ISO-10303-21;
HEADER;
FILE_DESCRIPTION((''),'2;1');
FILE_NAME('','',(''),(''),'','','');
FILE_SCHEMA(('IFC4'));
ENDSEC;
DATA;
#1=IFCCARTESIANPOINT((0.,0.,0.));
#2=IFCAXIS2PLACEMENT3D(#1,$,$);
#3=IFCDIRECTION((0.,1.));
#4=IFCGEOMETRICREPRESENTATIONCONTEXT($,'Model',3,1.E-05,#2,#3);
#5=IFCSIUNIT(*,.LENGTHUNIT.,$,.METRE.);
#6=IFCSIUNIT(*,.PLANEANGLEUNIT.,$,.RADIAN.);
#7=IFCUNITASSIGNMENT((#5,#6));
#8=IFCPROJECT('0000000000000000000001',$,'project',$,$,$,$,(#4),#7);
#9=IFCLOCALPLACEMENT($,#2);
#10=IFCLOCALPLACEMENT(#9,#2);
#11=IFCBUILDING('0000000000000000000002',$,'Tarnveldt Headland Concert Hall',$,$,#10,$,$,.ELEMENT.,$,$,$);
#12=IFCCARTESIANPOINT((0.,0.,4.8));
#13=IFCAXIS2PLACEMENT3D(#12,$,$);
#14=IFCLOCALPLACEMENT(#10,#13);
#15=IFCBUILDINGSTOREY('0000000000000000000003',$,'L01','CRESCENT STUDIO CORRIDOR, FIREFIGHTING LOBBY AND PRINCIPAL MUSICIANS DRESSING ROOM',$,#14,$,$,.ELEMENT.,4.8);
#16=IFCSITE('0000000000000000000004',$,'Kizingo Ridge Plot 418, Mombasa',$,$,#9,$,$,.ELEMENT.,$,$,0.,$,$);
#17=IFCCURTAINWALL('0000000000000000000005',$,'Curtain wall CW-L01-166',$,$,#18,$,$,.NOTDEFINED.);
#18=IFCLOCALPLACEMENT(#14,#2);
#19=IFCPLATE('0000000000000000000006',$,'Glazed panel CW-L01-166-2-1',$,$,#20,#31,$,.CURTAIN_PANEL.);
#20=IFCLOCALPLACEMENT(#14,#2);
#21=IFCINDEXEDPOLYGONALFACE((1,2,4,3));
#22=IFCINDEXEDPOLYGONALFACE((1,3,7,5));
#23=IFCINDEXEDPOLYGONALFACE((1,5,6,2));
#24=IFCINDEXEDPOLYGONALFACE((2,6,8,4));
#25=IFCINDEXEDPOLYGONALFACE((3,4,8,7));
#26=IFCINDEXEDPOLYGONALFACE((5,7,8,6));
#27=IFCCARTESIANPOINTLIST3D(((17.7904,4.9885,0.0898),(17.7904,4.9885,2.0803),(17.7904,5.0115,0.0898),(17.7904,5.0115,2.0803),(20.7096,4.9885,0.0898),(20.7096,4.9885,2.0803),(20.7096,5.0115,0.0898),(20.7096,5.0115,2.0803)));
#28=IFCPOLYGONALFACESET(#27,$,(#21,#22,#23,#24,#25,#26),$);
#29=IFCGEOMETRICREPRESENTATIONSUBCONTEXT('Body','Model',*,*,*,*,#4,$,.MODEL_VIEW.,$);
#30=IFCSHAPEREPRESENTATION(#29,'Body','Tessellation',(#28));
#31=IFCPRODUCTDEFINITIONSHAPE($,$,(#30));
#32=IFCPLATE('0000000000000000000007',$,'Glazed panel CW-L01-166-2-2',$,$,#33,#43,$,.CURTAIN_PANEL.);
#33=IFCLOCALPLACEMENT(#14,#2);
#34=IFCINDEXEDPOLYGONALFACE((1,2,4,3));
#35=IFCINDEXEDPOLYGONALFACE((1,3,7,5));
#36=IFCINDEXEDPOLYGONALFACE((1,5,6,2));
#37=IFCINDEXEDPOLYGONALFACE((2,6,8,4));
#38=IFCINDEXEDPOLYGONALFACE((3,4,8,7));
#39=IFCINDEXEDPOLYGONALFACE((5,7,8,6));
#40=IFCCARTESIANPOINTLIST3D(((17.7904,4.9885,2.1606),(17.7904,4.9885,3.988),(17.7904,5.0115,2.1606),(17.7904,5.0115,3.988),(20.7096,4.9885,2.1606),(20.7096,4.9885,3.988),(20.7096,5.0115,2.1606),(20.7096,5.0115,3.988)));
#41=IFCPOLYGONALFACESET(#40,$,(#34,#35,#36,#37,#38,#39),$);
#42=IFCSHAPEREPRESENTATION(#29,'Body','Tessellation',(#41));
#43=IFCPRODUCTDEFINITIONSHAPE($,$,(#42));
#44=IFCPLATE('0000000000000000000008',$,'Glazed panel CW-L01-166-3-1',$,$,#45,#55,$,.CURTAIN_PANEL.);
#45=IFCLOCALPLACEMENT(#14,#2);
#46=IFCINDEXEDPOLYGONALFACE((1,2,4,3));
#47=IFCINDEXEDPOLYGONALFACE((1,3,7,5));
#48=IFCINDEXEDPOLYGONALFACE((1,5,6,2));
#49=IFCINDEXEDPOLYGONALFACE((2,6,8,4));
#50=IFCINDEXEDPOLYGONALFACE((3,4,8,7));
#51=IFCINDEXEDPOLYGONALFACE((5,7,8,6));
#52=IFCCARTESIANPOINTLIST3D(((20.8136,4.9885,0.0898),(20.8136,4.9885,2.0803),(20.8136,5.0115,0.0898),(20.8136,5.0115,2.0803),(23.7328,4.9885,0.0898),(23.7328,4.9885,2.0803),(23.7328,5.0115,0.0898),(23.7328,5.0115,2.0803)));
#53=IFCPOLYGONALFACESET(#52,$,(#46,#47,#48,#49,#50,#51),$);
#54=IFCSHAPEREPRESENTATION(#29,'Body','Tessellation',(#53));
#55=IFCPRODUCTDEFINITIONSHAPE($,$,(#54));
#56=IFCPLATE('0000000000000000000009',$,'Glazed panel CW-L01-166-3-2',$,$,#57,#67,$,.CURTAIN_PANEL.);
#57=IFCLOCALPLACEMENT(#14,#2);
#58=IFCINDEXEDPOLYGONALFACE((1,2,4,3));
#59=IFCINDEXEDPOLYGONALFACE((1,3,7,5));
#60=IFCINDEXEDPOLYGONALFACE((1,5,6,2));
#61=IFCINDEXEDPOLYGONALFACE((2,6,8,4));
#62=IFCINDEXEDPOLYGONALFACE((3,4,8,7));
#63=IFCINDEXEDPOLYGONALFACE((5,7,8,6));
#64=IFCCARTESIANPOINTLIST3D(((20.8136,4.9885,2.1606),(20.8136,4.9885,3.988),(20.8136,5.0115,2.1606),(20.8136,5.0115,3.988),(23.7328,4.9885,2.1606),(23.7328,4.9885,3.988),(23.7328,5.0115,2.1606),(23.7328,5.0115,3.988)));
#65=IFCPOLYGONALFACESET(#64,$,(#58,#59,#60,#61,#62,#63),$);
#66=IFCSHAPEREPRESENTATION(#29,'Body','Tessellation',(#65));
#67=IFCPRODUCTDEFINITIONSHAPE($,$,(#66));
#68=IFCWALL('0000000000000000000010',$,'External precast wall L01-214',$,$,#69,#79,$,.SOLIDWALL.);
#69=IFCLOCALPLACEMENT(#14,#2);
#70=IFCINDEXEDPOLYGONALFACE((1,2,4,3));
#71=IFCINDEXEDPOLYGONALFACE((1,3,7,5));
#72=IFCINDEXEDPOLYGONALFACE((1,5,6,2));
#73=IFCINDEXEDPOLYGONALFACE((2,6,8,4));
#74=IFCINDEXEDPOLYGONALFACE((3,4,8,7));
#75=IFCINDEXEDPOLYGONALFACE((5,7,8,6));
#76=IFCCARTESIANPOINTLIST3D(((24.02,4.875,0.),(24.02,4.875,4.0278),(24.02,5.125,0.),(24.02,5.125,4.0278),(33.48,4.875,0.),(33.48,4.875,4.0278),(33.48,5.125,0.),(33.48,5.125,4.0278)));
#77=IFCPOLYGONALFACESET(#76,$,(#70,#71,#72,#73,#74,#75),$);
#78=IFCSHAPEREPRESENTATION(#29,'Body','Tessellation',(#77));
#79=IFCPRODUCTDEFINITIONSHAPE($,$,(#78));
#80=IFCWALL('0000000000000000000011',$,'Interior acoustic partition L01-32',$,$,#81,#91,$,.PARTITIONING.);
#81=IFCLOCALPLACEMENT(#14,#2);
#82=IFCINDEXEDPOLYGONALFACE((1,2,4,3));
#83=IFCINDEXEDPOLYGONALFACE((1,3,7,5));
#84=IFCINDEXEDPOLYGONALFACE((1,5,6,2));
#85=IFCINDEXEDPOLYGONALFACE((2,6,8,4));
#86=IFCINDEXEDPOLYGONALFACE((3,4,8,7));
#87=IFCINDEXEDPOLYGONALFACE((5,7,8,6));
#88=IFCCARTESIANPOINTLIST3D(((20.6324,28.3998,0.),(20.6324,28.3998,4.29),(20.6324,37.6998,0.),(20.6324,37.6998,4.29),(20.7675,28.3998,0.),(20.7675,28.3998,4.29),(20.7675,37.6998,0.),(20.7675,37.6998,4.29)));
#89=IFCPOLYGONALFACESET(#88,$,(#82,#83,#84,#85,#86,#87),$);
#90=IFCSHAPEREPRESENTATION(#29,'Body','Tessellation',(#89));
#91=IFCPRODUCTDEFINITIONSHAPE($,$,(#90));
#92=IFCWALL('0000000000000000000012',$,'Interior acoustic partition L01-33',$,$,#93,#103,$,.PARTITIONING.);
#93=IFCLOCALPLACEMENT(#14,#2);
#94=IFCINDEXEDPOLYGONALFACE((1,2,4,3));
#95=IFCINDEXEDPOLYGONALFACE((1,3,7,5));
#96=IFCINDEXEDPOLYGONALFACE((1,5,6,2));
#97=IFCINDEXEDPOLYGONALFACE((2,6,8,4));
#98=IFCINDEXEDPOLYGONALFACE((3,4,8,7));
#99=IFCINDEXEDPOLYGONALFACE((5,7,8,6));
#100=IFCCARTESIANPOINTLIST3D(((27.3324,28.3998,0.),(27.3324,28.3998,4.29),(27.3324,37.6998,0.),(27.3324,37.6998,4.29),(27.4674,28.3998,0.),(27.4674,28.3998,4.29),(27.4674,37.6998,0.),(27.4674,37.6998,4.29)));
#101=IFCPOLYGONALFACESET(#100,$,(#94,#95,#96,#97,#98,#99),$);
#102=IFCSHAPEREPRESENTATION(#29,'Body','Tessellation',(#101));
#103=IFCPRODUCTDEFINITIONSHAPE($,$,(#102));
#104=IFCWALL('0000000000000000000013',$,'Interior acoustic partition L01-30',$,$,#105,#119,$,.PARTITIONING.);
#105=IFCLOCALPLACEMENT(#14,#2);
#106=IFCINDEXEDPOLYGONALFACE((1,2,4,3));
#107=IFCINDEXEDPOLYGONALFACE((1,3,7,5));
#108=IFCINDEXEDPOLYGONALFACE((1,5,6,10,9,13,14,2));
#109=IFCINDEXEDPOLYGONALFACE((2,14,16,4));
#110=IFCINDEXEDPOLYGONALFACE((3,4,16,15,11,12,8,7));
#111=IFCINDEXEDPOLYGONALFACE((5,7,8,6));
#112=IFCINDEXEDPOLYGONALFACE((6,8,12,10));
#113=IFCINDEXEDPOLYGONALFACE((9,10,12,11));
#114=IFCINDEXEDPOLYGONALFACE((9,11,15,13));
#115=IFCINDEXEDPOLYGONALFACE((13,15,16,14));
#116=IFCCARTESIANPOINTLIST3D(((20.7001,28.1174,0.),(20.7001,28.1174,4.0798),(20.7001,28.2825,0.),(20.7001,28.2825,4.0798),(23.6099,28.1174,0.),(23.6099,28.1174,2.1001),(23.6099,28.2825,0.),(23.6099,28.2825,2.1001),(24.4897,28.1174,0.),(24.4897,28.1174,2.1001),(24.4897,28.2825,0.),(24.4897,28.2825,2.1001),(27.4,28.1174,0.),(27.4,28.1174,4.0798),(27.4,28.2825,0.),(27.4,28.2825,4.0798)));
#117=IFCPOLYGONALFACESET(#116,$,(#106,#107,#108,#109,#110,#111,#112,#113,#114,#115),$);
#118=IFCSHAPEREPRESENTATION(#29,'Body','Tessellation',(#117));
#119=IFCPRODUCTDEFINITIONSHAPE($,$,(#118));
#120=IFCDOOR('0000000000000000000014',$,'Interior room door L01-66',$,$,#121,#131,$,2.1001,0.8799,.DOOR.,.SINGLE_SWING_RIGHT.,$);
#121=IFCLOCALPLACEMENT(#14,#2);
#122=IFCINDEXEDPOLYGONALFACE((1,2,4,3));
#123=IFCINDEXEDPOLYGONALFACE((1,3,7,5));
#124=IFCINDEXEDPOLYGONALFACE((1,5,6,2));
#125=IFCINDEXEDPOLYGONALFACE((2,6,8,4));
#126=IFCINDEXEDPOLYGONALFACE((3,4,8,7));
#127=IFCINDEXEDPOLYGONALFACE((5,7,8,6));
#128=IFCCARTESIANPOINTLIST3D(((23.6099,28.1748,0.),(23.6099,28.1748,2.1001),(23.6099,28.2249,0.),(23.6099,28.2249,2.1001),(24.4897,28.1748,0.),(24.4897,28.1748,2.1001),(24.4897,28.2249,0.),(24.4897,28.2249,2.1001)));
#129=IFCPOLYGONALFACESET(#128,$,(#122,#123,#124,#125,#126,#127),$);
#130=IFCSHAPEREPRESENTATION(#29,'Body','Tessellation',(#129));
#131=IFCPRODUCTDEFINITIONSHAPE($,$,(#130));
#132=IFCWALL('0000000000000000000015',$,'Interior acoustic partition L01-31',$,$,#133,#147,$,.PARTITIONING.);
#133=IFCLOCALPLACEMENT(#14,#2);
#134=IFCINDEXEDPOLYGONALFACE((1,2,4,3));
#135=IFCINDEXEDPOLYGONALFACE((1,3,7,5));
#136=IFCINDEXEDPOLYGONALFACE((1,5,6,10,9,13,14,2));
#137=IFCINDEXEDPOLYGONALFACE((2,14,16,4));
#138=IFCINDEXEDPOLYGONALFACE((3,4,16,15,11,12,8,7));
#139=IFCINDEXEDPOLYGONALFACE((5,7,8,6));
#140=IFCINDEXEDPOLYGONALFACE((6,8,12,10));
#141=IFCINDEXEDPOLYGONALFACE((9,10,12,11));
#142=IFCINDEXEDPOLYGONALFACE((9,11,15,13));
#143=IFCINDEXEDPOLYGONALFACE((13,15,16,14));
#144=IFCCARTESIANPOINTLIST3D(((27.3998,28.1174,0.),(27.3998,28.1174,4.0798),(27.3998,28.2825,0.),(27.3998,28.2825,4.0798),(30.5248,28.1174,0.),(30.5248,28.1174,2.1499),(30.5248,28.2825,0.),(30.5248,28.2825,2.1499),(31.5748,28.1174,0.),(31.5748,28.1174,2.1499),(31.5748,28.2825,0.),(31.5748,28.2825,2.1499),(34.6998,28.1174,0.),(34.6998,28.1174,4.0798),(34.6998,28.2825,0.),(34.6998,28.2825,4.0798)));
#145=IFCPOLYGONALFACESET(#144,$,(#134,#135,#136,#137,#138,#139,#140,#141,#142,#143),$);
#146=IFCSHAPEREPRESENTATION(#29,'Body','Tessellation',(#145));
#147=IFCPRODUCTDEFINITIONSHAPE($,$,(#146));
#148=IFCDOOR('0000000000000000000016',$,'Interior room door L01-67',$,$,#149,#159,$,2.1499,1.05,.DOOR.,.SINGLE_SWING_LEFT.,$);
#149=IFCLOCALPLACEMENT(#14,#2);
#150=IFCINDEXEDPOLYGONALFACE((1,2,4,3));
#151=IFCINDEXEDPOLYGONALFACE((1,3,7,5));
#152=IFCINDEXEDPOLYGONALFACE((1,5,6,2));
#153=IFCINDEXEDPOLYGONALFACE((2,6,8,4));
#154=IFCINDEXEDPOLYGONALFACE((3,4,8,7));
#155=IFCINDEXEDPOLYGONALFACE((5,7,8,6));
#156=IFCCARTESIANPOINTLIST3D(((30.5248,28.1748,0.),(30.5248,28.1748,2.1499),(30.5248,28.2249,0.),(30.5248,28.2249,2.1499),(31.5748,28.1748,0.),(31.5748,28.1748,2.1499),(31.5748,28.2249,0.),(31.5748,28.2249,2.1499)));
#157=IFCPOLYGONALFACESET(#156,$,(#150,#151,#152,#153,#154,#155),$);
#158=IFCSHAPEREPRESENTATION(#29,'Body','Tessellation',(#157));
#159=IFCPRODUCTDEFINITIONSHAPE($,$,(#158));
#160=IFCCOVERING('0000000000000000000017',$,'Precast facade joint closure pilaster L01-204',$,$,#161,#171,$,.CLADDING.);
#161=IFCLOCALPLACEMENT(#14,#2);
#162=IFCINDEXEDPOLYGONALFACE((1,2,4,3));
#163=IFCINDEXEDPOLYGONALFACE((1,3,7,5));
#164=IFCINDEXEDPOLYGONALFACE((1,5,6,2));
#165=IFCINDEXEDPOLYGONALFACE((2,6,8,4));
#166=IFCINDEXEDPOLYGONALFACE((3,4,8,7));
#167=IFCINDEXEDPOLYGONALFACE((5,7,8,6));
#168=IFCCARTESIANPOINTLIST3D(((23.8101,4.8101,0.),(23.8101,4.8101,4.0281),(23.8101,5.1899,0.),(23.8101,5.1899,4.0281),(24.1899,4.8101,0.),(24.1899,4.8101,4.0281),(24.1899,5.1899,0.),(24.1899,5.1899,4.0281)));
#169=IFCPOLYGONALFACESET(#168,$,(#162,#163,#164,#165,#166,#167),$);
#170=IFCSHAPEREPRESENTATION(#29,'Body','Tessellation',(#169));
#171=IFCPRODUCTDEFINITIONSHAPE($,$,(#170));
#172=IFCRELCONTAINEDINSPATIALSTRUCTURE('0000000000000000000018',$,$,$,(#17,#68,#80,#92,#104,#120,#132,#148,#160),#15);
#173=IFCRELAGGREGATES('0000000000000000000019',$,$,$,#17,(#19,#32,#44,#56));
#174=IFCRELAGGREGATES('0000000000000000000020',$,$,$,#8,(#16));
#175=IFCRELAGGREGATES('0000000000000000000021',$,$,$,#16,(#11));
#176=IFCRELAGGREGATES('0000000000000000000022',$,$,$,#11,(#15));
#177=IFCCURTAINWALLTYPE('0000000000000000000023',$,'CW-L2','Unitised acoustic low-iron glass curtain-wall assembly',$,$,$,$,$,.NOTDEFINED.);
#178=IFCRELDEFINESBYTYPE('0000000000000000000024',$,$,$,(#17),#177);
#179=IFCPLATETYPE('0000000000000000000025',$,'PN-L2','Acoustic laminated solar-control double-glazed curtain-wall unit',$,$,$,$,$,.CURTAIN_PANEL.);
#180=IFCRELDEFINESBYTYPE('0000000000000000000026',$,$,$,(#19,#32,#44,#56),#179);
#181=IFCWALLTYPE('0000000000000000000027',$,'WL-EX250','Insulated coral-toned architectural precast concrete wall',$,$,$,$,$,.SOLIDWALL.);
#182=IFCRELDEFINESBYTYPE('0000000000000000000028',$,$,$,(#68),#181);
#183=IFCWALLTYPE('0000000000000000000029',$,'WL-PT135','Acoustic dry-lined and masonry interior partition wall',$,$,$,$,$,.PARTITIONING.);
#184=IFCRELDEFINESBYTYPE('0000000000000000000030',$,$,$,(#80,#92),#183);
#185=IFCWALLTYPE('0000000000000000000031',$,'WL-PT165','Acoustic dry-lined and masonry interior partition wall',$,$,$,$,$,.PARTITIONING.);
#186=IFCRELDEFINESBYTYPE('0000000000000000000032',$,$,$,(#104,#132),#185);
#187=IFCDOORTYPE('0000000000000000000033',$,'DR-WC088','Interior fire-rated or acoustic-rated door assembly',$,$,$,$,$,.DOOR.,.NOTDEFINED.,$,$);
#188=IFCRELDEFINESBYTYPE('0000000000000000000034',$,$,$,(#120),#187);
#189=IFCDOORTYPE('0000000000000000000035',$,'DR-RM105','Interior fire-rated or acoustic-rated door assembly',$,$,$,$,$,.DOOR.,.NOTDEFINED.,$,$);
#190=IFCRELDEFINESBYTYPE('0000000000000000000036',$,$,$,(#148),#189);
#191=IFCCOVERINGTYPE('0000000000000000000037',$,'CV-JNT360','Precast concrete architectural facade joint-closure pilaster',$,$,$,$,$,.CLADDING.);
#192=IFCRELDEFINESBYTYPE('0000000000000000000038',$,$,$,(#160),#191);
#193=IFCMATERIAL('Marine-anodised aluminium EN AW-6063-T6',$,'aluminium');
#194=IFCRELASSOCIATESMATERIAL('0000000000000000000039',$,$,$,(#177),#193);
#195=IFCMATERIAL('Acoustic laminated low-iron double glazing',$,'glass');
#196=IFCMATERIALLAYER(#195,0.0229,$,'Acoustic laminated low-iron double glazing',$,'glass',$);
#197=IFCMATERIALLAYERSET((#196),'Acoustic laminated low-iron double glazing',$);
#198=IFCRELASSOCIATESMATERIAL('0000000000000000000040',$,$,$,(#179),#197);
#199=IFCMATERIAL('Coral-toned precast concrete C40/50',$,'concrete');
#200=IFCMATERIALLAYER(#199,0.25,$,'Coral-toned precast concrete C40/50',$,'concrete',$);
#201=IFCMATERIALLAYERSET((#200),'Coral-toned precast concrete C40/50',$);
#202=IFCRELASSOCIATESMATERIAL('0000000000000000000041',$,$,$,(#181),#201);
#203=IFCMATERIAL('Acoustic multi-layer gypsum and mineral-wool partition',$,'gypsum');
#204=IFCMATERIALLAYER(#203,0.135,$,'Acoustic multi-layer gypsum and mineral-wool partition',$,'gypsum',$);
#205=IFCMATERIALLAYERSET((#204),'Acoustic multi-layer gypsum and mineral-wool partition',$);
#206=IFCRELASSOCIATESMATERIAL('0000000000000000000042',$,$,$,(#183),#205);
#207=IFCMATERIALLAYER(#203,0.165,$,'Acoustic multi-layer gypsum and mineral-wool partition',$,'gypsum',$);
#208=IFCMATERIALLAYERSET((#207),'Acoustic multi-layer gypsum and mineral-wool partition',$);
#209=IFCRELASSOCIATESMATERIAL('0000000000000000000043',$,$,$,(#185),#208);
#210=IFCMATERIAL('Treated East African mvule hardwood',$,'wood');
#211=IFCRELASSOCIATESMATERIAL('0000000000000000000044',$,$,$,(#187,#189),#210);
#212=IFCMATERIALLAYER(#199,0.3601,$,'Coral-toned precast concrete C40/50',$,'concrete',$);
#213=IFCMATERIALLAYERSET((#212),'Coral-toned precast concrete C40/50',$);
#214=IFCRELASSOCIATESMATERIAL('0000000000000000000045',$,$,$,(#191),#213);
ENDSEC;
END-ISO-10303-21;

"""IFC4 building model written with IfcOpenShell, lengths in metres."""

from ifc_helpers import new_model, si_unit, direction, frame, frame_2d, origin, origin_2d, place, context, subcontext, project, spatial, rectangle, extrude, material, layer, layer_set, type_object, element, fill, aggregate, save


model = new_model("IFC4")

# Units and contexts
model_context = context("Model", 3, precision=1e-05, world=origin(), true_north=direction((0.0, 1.0)))
body_context = subcontext(model_context, "Body", "Model", "MODEL_VIEW")
ifc_project = project(units=[si_unit("LENGTHUNIT", "METRE"), si_unit("PLANEANGLEUNIT", "RADIAN")], contexts=[model_context])

# Site, building, storey
site_placement = place(None, origin())
site = spatial("IfcSite", under=ifc_project, at=site_placement, Name="Kizingo Ridge Plot 418, Mombasa", CompositionType="ELEMENT", RefElevation=0.0)
building_placement = place(site_placement, origin())
building = spatial("IfcBuilding", under=site, at=building_placement, Name="Tarnveldt Headland Concert Hall", CompositionType="ELEMENT")
storey_placement = place(building_placement, frame((0.0, 0.0, 4.8)))
storey = spatial("IfcBuildingStorey", under=building, at=storey_placement, Name="L01", Description="CRESCENT STUDIO CORRIDOR, FIREFIGHTING LOBBY AND PRINCIPAL MUSICIANS DRESSING ROOM", CompositionType="ELEMENT", Elevation=4.8)

# Curtain wall
ifc_material_1 = material(Name="Marine-anodised aluminium EN AW-6063-T6", Category="aluminium")
curtain_wall_type = type_object("IfcCurtainWallType", Name="CW-L2", Description="Unitised acoustic low-iron glass curtain-wall assembly", PredefinedType="NOTDEFINED", material=ifc_material_1)
curtain_wall_placement = place(storey_placement, origin())
curtain_wall = element("IfcCurtainWall", 1, at=curtain_wall_placement, inside=storey, type_object=curtain_wall_type, Name="Curtain wall CW-L01-166", PredefinedType="NOTDEFINED")

# Plates
ifc_material_2 = material(Name="Acoustic laminated low-iron double glazing", Category="glass")
ifc_layer_1 = layer(ifc_material_2, 0.0229, Name="Acoustic laminated low-iron double glazing", Category="glass")
ifc_layer_set_1 = layer_set([ifc_layer_1], Name="Acoustic laminated low-iron double glazing")
plate_type = type_object("IfcPlateType", Name="PN-L2", Description="Acoustic laminated solar-control double-glazed curtain-wall unit", PredefinedType="CURTAIN_PANEL", material=ifc_layer_set_1)
plate_1_placement = place(storey_placement, frame((19.25, 5.0, 0.0898), z_axis=(0.0, 0.0, 1.0), x_axis=(1.0, 0.0, 0.0)))
plate_1 = element("IfcPlate", 2, at=plate_1_placement, type_object=plate_type, Name="Glazed panel CW-L01-166-2-1", PredefinedType="CURTAIN_PANEL", context=body_context, shape_type="SweptSolid", body=[
    extrude(rectangle(XDim=2.9192, YDim=0.0229, at=origin_2d()), origin(), (0.0, 0.0, 1.0), 1.9905),
])
plate_2_placement = place(storey_placement, frame((19.25, 5.0, 2.1606), z_axis=(0.0, 0.0, 1.0), x_axis=(1.0, 0.0, 0.0)))
plate_2 = element("IfcPlate", 3, at=plate_2_placement, type_object=plate_type, Name="Glazed panel CW-L01-166-2-2", PredefinedType="CURTAIN_PANEL", context=body_context, shape_type="SweptSolid", body=[
    extrude(rectangle(XDim=2.9192, YDim=0.0229, at=origin_2d()), origin(), (0.0, 0.0, 1.0), 1.8274),
])
plate_3_placement = place(storey_placement, frame((22.2732, 5.0, 0.0898), z_axis=(0.0, 0.0, 1.0), x_axis=(1.0, 0.0, 0.0)))
plate_3 = element("IfcPlate", 4, at=plate_3_placement, type_object=plate_type, Name="Glazed panel CW-L01-166-3-1", PredefinedType="CURTAIN_PANEL", context=body_context, shape_type="SweptSolid", body=[
    extrude(rectangle(XDim=2.9192, YDim=0.0229, at=origin_2d()), origin(), (0.0, 0.0, 1.0), 1.9905),
])
plate_4_placement = place(storey_placement, frame((22.2732, 5.0, 2.1606), z_axis=(0.0, 0.0, 1.0), x_axis=(1.0, 0.0, 0.0)))
plate_4 = element("IfcPlate", 5, at=plate_4_placement, type_object=plate_type, Name="Glazed panel CW-L01-166-3-2", PredefinedType="CURTAIN_PANEL", context=body_context, shape_type="SweptSolid", body=[
    extrude(rectangle(XDim=2.9192, YDim=0.0229, at=origin_2d()), origin(), (0.0, 0.0, 1.0), 1.8274),
])
aggregate(curtain_wall, [plate_1, plate_2, plate_3, plate_4])

# Walls
ifc_material_3 = material(Name="Coral-toned precast concrete C40/50", Category="concrete")
ifc_layer_2 = layer(ifc_material_3, 0.25, Name="Coral-toned precast concrete C40/50", Category="concrete")
ifc_layer_set_2 = layer_set([ifc_layer_2], Name="Coral-toned precast concrete C40/50")
wall_type_1 = type_object("IfcWallType", Name="WL-EX250", Description="Insulated coral-toned architectural precast concrete wall", PredefinedType="SOLIDWALL", material=ifc_layer_set_2)
wall_1_placement = place(storey_placement, frame((33.48, 5.0, 0.0), z_axis=(0.0, 0.0, 1.0), x_axis=(-1.0, 0.0, 0.0)))
element("IfcWall", 6, at=wall_1_placement, inside=storey, type_object=wall_type_1, Name="External precast wall L01-214", PredefinedType="SOLIDWALL", context=body_context, shape_type="SweptSolid", body=[
    extrude(rectangle(XDim=9.46, YDim=0.25, at=frame_2d((4.73, 0.0))), origin(), (0.0, 0.0, 1.0), 4.0278),
])
ifc_material_4 = material(Name="Acoustic multi-layer gypsum and mineral-wool partition", Category="gypsum")
ifc_layer_3 = layer(ifc_material_4, 0.135, Name="Acoustic multi-layer gypsum and mineral-wool partition", Category="gypsum")
ifc_layer_set_3 = layer_set([ifc_layer_3], Name="Acoustic multi-layer gypsum and mineral-wool partition")
wall_type_2 = type_object("IfcWallType", Name="WL-PT135", Description="Acoustic dry-lined and masonry interior partition wall", PredefinedType="PARTITIONING", material=ifc_layer_set_3)
for number, where, z_axis, x_axis, name in (
    (7, (20.7, 28.3999, 0.0), (0.0, 0.0, 1.0), (0.0, 1.0, 0.0), "Interior acoustic partition L01-32"),
    (8, (27.3999, 28.3999, 0.0), (0.0, 0.0, 1.0), (0.0, 1.0, 0.0), "Interior acoustic partition L01-33"),
):
    element("IfcWall", number, at=place(storey_placement, frame(where, z_axis=z_axis, x_axis=x_axis)), inside=storey, type_object=wall_type_2, Name=name, PredefinedType="PARTITIONING", context=body_context, shape_type="SweptSolid", body=[
        extrude(rectangle(XDim=9.3, YDim=0.135, at=frame_2d((4.6499, 0.0))), origin(), (0.0, 0.0, 1.0), 4.29),
    ])

# Walls, openings, doors
ifc_layer_4 = layer(ifc_material_4, 0.165, Name="Acoustic multi-layer gypsum and mineral-wool partition", Category="gypsum")
ifc_layer_set_4 = layer_set([ifc_layer_4], Name="Acoustic multi-layer gypsum and mineral-wool partition")
wall_type_3 = type_object("IfcWallType", Name="WL-PT165", Description="Acoustic dry-lined and masonry interior partition wall", PredefinedType="PARTITIONING", material=ifc_layer_set_4)
wall_2_placement = place(storey_placement, frame((20.7, 28.2, 0.0), z_axis=(0.0, 0.0, 1.0), x_axis=(1.0, 0.0, 0.0)))
wall_2 = element("IfcWall", 9, at=wall_2_placement, inside=storey, type_object=wall_type_3, Name="Interior acoustic partition L01-30", PredefinedType="PARTITIONING", context=body_context, shape_type="SweptSolid", body=[
    extrude(rectangle(XDim=6.7, YDim=0.165, at=frame_2d((3.3501, 0.0))), origin(), (0.0, 0.0, 1.0), 4.0798),
])
opening_1_placement = place(wall_2_placement, frame((2.9099, 0.0, 0.0)))
opening_1 = element("IfcOpeningElement", 10, at=opening_1_placement, cuts=wall_2, PredefinedType="OPENING", context=body_context, shape_type="SweptSolid", body=[
    extrude(rectangle(XDim=0.8799, YDim=2.1001, at=frame_2d((0.4399, 1.05))), frame((0.0, 0.0925, 0.0), z_axis=(0.0, -1.0, 0.0), x_axis=(1.0, 0.0, 0.0)), (0.0, 0.0, 1.0), 0.1851),
])
ifc_material_5 = material(Name="Treated East African mvule hardwood", Category="wood")
door_type_1 = type_object("IfcDoorType", Name="DR-WC088", Description="Interior fire-rated or acoustic-rated door assembly", OperationType="NOTDEFINED", PredefinedType="DOOR", material=ifc_material_5)
door_1_placement = place(opening_1_placement, origin())
door_1 = element("IfcDoor", 11, at=door_1_placement, inside=storey, type_object=door_type_1, Name="Interior room door L01-66", OperationType="SINGLE_SWING_RIGHT", OverallHeight=2.1001, OverallWidth=0.8799, PredefinedType="DOOR", context=body_context, shape_type="SweptSolid", body=[
    extrude(rectangle(XDim=0.8799, YDim=2.1001, at=frame_2d((0.4399, 1.05))), frame((0.0, 0.0249, 0.0), z_axis=(0.0, -1.0, 0.0), x_axis=(1.0, 0.0, 0.0)), (0.0, 0.0, 1.0), 0.05),
])
fill(opening_1, door_1)
wall_3_placement = place(storey_placement, frame((27.3999, 28.2, 0.0), z_axis=(0.0, 0.0, 1.0), x_axis=(1.0, 0.0, 0.0)))
wall_3 = element("IfcWall", 12, at=wall_3_placement, inside=storey, type_object=wall_type_3, Name="Interior acoustic partition L01-31", PredefinedType="PARTITIONING", context=body_context, shape_type="SweptSolid", body=[
    extrude(rectangle(XDim=7.3, YDim=0.165, at=frame_2d((3.6499, 0.0))), origin(), (0.0, 0.0, 1.0), 4.0798),
])
opening_2_placement = place(wall_3_placement, frame((3.125, 0.0, 0.0)))
opening_2 = element("IfcOpeningElement", 13, at=opening_2_placement, cuts=wall_3, PredefinedType="OPENING", context=body_context, shape_type="SweptSolid", body=[
    extrude(rectangle(XDim=1.05, YDim=2.1499, at=frame_2d((0.5249, 1.075))), frame((0.0, 0.0925, 0.0), z_axis=(0.0, -1.0, 0.0), x_axis=(1.0, 0.0, 0.0)), (0.0, 0.0, 1.0), 0.1851),
])
door_type_2 = type_object("IfcDoorType", Name="DR-RM105", Description="Interior fire-rated or acoustic-rated door assembly", OperationType="NOTDEFINED", PredefinedType="DOOR", material=ifc_material_5)
door_2_placement = place(opening_2_placement, origin())
door_2 = element("IfcDoor", 14, at=door_2_placement, inside=storey, type_object=door_type_2, Name="Interior room door L01-67", OperationType="SINGLE_SWING_LEFT", OverallHeight=2.1499, OverallWidth=1.05, PredefinedType="DOOR", context=body_context, shape_type="SweptSolid", body=[
    extrude(rectangle(XDim=1.05, YDim=2.1499, at=frame_2d((0.5249, 1.075))), frame((0.0, 0.0249, 0.0), z_axis=(0.0, -1.0, 0.0), x_axis=(1.0, 0.0, 0.0)), (0.0, 0.0, 1.0), 0.05),
])
fill(opening_2, door_2)

# Covering
ifc_layer_5 = layer(ifc_material_3, 0.3601, Name="Coral-toned precast concrete C40/50", Category="concrete")
ifc_layer_set_5 = layer_set([ifc_layer_5], Name="Coral-toned precast concrete C40/50")
covering_type = type_object("IfcCoveringType", Name="CV-JNT360", Description="Precast concrete architectural facade joint-closure pilaster", PredefinedType="CLADDING", material=ifc_layer_set_5)
covering_placement = place(storey_placement, frame((24.0, 5.0, 0.0), z_axis=(0.0, 0.0, 1.0), x_axis=(-1.0, 0.0, 0.0)))
element("IfcCovering", 15, at=covering_placement, inside=storey, type_object=covering_type, Name="Precast facade joint closure pilaster L01-204", PredefinedType="CLADDING", context=body_context, shape_type="SweptSolid", body=[
    extrude(rectangle(XDim=0.3799, YDim=0.3799, at=origin_2d()), origin(), (0.0, 0.0, 1.0), 4.0281),
])

save(model, "model.ifc")
